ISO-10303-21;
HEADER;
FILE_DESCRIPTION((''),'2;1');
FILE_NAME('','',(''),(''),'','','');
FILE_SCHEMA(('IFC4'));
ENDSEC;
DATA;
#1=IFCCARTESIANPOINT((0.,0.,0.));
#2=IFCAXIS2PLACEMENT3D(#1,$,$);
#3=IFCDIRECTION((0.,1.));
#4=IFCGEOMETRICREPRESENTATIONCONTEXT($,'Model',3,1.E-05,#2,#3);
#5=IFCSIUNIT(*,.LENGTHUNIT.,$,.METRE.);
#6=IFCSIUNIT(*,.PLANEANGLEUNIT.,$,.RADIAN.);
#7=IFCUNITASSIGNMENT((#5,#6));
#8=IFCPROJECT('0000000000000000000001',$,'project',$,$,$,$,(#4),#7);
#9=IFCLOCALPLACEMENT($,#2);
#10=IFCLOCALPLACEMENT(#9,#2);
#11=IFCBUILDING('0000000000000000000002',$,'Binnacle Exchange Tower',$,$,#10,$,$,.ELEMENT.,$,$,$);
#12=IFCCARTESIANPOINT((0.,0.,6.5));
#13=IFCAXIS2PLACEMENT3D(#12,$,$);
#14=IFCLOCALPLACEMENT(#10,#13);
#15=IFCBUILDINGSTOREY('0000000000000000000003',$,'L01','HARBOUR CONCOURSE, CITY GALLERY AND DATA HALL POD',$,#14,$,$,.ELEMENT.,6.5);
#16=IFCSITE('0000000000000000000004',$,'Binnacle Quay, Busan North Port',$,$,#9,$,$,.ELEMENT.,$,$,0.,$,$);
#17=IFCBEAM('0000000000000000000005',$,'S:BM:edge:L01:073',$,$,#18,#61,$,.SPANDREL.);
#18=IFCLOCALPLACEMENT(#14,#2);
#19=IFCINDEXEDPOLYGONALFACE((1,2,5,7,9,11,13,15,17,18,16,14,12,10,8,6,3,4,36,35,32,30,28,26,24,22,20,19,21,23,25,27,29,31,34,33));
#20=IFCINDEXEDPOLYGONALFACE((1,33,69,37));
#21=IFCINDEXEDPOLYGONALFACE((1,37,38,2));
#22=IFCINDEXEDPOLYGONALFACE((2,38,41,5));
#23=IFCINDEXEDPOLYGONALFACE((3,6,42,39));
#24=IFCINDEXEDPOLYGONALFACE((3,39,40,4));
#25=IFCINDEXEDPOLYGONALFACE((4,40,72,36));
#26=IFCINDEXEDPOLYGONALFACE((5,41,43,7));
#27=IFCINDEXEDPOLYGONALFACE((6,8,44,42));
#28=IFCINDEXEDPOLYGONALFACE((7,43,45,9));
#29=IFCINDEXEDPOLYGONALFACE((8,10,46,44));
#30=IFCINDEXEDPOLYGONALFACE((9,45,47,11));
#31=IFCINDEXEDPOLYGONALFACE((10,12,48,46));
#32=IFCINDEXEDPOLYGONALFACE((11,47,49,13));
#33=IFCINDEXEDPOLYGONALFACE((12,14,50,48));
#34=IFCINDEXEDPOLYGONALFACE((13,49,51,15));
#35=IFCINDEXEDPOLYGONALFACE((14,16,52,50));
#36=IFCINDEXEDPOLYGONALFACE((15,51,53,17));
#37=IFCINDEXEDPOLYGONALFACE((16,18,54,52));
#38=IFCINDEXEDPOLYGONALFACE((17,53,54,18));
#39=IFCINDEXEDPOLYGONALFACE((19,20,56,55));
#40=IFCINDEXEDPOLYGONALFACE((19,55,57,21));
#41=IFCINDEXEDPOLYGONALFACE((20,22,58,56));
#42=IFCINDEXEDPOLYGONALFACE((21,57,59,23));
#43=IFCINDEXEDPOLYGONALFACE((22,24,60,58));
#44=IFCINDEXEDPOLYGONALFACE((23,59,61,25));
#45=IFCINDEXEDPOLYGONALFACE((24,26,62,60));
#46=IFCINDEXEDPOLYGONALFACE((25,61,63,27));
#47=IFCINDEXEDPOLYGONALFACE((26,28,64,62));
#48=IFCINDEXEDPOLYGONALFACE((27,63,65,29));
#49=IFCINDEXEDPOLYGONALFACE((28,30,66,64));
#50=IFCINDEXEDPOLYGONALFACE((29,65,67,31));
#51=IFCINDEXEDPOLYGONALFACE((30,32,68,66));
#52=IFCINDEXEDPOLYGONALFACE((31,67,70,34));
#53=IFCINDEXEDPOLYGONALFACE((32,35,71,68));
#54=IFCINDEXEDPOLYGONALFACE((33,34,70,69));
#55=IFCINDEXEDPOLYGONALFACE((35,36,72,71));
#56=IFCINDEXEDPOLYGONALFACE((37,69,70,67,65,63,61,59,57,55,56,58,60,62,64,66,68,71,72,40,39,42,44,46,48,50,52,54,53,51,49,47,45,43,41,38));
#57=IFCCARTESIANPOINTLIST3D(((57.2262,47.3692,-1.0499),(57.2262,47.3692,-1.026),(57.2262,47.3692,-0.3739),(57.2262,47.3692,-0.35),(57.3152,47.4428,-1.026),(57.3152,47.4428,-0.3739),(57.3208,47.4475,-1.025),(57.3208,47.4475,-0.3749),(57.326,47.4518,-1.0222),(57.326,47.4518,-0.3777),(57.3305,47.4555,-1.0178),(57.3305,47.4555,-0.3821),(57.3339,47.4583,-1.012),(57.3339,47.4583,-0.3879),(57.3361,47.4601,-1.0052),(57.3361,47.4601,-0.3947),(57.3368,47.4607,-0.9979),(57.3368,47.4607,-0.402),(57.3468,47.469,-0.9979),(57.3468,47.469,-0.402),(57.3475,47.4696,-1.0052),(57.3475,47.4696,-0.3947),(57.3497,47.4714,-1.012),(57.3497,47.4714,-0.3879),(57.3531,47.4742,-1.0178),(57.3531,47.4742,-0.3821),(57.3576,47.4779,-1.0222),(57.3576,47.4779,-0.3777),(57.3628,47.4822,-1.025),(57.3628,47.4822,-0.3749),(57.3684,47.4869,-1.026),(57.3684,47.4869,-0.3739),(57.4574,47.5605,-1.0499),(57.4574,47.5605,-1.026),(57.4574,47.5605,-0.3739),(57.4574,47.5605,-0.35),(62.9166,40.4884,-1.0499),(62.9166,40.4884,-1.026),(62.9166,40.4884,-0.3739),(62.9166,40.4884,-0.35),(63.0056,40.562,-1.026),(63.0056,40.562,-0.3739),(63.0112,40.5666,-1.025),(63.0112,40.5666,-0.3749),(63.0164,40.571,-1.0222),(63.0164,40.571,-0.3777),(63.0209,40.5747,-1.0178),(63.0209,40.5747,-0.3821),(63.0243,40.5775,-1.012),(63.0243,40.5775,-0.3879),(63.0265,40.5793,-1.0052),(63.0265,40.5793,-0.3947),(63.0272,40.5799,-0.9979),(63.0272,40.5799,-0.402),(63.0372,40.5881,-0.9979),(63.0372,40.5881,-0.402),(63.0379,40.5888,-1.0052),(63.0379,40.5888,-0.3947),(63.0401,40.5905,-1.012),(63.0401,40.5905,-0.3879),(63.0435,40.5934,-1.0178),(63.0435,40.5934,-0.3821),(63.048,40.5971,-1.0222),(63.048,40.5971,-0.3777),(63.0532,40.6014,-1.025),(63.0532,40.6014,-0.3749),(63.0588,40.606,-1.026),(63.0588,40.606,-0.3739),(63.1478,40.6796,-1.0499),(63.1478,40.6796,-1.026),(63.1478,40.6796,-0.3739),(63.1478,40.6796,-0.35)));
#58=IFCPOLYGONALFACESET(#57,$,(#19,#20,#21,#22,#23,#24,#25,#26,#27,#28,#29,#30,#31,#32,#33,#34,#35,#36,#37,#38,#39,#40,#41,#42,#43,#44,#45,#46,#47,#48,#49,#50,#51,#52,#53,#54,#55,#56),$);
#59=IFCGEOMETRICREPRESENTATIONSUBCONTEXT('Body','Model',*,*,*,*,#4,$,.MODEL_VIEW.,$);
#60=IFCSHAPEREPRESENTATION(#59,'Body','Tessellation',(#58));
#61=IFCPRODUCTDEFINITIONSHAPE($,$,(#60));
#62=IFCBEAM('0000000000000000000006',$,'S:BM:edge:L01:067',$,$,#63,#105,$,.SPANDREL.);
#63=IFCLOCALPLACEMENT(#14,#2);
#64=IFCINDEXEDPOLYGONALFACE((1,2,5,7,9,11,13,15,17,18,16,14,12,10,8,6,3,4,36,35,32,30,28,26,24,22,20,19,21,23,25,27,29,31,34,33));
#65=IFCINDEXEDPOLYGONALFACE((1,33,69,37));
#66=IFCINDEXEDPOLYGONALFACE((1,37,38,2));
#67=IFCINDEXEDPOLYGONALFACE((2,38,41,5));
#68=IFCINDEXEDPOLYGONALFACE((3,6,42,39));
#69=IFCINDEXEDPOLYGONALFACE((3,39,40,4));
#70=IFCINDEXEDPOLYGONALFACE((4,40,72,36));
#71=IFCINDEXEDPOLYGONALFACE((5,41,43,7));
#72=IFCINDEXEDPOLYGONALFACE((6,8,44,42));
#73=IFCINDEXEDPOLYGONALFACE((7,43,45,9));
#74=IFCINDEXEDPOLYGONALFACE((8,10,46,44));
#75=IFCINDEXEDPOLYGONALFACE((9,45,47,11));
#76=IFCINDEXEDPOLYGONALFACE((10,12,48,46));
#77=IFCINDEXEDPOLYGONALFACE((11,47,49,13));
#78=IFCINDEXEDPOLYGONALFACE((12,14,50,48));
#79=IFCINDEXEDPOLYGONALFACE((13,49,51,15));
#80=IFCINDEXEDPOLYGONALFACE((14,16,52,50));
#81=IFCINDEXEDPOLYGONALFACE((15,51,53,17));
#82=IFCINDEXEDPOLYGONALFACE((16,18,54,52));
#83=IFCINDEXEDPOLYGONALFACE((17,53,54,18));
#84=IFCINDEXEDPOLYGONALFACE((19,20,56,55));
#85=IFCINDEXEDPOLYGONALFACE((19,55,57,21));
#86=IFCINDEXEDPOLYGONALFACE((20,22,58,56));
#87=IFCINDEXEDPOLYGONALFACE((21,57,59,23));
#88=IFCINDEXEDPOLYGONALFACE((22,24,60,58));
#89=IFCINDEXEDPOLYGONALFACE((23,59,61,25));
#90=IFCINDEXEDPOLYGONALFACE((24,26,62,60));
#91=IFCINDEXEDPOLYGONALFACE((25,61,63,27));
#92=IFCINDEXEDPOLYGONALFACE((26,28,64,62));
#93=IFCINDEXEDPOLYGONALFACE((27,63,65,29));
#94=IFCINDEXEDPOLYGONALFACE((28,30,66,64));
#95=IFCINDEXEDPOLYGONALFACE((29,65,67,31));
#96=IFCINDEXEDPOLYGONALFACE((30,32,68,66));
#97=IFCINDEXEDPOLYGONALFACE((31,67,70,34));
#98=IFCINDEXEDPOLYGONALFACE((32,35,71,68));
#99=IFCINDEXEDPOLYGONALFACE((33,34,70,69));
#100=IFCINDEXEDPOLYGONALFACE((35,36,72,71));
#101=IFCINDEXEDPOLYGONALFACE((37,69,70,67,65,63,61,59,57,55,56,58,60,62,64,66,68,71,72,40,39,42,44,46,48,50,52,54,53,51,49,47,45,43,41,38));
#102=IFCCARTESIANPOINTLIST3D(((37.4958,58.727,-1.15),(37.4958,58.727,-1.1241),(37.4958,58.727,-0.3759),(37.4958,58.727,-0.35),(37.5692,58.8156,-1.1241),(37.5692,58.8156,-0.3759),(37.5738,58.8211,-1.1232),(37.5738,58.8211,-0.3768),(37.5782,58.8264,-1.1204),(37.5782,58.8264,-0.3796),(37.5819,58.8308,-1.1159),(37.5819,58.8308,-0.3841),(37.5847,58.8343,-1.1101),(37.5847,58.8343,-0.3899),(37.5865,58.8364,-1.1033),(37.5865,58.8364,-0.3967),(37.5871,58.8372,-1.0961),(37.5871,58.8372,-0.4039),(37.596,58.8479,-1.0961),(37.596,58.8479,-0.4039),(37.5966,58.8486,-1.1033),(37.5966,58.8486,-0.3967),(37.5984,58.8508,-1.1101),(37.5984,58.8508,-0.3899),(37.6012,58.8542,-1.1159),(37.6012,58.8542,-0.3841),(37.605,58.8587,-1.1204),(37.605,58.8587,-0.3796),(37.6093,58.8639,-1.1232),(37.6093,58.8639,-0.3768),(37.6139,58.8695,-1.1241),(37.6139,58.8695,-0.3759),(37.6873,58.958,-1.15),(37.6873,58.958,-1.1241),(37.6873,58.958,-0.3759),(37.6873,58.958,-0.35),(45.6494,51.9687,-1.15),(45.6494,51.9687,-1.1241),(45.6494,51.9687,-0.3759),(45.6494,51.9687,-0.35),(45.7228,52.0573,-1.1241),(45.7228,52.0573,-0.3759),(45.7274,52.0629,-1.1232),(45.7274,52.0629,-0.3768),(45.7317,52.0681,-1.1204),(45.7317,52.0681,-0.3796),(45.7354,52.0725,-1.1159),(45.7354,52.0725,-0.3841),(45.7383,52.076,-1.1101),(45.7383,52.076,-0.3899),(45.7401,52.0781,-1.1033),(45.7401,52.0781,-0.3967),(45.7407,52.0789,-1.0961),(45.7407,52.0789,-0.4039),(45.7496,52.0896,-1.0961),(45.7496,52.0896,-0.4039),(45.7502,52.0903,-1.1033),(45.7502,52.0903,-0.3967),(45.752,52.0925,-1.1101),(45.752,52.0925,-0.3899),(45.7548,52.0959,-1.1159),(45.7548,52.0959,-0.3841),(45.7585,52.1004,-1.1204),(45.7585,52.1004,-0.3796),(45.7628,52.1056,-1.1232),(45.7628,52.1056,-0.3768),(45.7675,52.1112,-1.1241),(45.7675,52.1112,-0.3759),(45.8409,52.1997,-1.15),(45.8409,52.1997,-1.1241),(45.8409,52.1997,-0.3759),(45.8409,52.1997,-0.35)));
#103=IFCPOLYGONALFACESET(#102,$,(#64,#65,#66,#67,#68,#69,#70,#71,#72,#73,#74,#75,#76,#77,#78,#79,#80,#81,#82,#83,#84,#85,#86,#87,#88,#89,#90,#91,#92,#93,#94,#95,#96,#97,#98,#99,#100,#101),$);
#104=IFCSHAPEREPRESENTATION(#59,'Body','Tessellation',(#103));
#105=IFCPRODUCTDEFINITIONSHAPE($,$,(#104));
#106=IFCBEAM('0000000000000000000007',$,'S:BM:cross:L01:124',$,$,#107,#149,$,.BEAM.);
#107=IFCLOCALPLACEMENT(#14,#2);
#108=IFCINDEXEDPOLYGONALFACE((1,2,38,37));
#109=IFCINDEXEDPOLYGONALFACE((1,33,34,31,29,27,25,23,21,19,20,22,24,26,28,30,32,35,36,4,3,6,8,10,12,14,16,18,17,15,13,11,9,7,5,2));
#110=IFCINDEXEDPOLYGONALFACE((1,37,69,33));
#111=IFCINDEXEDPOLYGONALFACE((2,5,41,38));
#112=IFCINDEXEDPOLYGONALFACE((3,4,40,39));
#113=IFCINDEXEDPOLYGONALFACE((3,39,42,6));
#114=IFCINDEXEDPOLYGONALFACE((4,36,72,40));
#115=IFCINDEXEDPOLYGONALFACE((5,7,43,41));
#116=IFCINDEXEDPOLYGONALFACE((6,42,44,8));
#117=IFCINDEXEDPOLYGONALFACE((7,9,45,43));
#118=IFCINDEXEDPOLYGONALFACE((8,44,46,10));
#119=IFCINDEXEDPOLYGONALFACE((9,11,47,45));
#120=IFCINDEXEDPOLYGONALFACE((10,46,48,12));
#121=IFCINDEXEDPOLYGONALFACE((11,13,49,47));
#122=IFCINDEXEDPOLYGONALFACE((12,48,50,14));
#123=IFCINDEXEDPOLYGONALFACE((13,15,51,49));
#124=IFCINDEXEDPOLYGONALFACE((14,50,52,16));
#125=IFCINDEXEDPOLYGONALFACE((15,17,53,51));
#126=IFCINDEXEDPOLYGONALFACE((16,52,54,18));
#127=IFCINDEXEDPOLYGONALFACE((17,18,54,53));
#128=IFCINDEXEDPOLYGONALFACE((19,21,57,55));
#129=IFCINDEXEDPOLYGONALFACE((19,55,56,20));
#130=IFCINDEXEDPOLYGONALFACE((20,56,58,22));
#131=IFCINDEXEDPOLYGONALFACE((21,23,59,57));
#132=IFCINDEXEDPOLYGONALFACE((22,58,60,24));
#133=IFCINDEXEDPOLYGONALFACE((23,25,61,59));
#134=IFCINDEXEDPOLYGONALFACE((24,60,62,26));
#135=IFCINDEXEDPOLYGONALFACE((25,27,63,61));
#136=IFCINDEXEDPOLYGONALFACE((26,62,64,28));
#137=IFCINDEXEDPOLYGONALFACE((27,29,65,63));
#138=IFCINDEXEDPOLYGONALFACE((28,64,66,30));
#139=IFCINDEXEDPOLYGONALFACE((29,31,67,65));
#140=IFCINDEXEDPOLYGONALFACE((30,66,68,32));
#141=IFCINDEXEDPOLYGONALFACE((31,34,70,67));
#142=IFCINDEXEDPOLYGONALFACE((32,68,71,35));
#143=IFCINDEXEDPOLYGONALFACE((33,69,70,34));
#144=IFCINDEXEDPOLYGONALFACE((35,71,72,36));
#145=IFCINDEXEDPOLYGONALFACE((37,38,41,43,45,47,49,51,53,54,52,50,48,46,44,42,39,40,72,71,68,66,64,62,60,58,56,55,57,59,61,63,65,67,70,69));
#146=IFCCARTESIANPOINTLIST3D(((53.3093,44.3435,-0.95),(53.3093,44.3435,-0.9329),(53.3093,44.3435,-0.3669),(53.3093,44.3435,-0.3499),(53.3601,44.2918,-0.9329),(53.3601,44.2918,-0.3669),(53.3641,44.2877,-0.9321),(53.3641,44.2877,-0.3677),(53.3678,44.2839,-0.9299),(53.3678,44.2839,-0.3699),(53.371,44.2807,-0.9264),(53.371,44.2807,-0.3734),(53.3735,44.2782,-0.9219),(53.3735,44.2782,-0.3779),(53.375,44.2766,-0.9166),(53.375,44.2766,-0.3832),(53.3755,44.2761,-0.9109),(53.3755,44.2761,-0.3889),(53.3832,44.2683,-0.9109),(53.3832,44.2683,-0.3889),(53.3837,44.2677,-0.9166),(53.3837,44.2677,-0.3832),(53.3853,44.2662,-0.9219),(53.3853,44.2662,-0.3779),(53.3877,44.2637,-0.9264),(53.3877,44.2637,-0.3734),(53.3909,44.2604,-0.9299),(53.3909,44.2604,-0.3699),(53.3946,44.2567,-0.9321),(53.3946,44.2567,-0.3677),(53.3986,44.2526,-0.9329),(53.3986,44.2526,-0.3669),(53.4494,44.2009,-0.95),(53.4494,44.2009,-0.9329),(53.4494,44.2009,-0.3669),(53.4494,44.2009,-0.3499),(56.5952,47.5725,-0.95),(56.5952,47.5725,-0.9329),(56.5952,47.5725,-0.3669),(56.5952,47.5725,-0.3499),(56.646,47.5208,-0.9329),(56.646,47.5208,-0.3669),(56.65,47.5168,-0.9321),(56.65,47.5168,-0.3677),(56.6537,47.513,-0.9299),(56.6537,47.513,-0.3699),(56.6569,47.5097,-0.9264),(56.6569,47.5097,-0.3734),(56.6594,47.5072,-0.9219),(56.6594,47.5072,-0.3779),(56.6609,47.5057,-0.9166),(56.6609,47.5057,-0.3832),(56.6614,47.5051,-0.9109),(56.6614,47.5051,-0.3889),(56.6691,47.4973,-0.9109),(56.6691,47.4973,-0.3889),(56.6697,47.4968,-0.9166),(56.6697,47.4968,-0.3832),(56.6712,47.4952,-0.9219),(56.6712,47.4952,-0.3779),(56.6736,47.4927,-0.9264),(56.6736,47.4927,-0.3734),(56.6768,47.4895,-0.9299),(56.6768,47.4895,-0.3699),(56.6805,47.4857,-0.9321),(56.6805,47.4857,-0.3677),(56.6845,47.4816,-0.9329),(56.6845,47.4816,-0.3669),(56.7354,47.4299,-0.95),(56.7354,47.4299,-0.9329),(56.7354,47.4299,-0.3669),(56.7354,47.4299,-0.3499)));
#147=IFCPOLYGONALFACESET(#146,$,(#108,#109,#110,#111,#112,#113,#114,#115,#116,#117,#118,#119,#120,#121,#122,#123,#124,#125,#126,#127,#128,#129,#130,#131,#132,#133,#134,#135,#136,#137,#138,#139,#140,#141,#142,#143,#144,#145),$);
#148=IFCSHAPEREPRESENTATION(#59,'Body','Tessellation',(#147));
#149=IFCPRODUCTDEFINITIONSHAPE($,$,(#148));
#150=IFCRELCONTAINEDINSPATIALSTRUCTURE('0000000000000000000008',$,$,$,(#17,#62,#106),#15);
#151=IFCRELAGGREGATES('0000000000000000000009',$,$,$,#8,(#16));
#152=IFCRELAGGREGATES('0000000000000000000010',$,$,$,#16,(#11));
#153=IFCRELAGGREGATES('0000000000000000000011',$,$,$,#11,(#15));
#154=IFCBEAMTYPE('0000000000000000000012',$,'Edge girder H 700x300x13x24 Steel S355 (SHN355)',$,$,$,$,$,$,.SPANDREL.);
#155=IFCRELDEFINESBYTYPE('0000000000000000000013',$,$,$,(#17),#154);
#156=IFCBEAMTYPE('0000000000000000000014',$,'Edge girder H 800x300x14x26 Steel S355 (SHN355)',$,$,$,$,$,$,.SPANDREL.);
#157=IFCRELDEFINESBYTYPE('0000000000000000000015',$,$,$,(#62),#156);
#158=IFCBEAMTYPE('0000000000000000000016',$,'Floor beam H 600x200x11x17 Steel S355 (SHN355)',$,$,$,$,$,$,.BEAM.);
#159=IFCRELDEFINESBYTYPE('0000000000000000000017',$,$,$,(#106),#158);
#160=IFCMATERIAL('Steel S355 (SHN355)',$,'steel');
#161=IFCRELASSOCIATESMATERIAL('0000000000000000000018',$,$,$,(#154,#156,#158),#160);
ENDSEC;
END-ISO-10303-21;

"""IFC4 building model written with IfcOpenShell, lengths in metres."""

from ifc_helpers import new_model, si_unit, direction, frame, origin, origin_2d, place, context, subcontext, project, spatial, i_section, extrude, material, material_profile, profile_set, type_object, element, save


model = new_model("IFC4")

# Units and contexts
model_context = context("Model", 3, precision=1e-05, world=origin(), true_north=direction((0.0, 1.0)))
body_context = subcontext(model_context, "Body", "Model", "MODEL_VIEW")
ifc_project = project(units=[si_unit("LENGTHUNIT", "METRE"), si_unit("PLANEANGLEUNIT", "RADIAN")], contexts=[model_context])

# Site, building, storey
site_placement = place(None, origin())
site = spatial("IfcSite", under=ifc_project, at=site_placement, Name="Binnacle Quay, Busan North Port", CompositionType="ELEMENT", RefElevation=0.0)
building_placement = place(site_placement, origin())
building = spatial("IfcBuilding", under=site, at=building_placement, Name="Binnacle Exchange Tower", CompositionType="ELEMENT")
storey_placement = place(building_placement, frame((0.0, 0.0, 6.5)))
storey = spatial("IfcBuildingStorey", under=building, at=storey_placement, Name="L01", Description="HARBOUR CONCOURSE, CITY GALLERY AND DATA HALL POD", CompositionType="ELEMENT", Elevation=6.5)

# Beams
ifc_material_1 = material(Name="Steel S355 (SHN355)", Category="steel")
ifc_material_profile_1 = material_profile(ifc_material_1, i_section(OverallWidth=0.3, OverallDepth=0.7, WebThickness=0.0129, FlangeThickness=0.0239, FilletRadius=0.0281, at=origin_2d()), Name="H 700x300x13x24")
ifc_profile_set_1 = profile_set([ifc_material_profile_1], Name="Steel S355 (SHN355)")
beam_type_1 = type_object("IfcBeamType", Name="Edge girder H 700x300x13x24 Steel S355 (SHN355)", PredefinedType="SPANDREL", material=ifc_profile_set_1)
beam_1_placement = place(storey_placement, frame((57.3418, 47.4648, -0.7), z_axis=(0.637297, -0.770618, 0.0), x_axis=(0.770618, 0.637297, 0.0)))
element("IfcBeam", 1, at=beam_1_placement, inside=storey, type_object=beam_type_1, Name="S:BM:edge:L01:073", PredefinedType="SPANDREL", context=body_context, shape_type="SweptSolid", body=[
    extrude(i_section(OverallWidth=0.3, OverallDepth=0.7, WebThickness=0.0129, FlangeThickness=0.0239, FilletRadius=0.0281, at=origin_2d()), origin(), (0.0, 0.0, 1.0), 8.929),
])
ifc_material_profile_2 = material_profile(ifc_material_1, i_section(OverallWidth=0.3, OverallDepth=0.8, WebThickness=0.0139, FlangeThickness=0.0259, FilletRadius=0.0281, at=origin_2d()), Name="H 800x300x14x26")
ifc_profile_set_2 = profile_set([ifc_material_profile_2], Name="Steel S355 (SHN355)")
beam_type_2 = type_object("IfcBeamType", Name="Edge girder H 800x300x14x26 Steel S355 (SHN355)", PredefinedType="SPANDREL", material=ifc_profile_set_2)
beam_2_placement = place(storey_placement, frame((45.7451, 52.0842, -0.75), z_axis=(-0.769906, 0.638157, 0.0), x_axis=(-0.638157, -0.769906, 0.0)))
element("IfcBeam", 2, at=beam_2_placement, inside=storey, type_object=beam_type_2, Name="S:BM:edge:L01:067", PredefinedType="SPANDREL", context=body_context, shape_type="SweptSolid", body=[
    extrude(i_section(OverallWidth=0.3, OverallDepth=0.8, WebThickness=0.0139, FlangeThickness=0.0259, FilletRadius=0.0281, at=origin_2d()), origin(), (0.0, 0.0, 1.0), 10.5903),
])
ifc_material_profile_3 = material_profile(ifc_material_1, i_section(OverallWidth=0.2, OverallDepth=0.6001, WebThickness=0.011, FlangeThickness=0.0171, FilletRadius=0.022, at=origin_2d()), Name="H 600x200x11x17")
ifc_profile_set_3 = profile_set([ifc_material_profile_3], Name="Steel S355 (SHN355)")
beam_type_3 = type_object("IfcBeamType", Name="Floor beam H 600x200x11x17 Steel S355 (SHN355)", PredefinedType="BEAM", material=ifc_profile_set_3)
beam_3_placement = place(storey_placement, frame((56.6653, 47.5012, -0.6499), z_axis=(-0.713254, -0.700906, 0.0), x_axis=(0.700906, -0.713254, 0.0)))
element("IfcBeam", 3, at=beam_3_placement, inside=storey, type_object=beam_type_3, Name="S:BM:cross:L01:124", PredefinedType="BEAM", context=body_context, shape_type="SweptSolid", body=[
    extrude(i_section(OverallWidth=0.2, OverallDepth=0.6001, WebThickness=0.011, FlangeThickness=0.0171, FilletRadius=0.022, at=origin_2d()), origin(), (0.0, 0.0, 1.0), 4.6069),
])

save(model, "model.ifc")
